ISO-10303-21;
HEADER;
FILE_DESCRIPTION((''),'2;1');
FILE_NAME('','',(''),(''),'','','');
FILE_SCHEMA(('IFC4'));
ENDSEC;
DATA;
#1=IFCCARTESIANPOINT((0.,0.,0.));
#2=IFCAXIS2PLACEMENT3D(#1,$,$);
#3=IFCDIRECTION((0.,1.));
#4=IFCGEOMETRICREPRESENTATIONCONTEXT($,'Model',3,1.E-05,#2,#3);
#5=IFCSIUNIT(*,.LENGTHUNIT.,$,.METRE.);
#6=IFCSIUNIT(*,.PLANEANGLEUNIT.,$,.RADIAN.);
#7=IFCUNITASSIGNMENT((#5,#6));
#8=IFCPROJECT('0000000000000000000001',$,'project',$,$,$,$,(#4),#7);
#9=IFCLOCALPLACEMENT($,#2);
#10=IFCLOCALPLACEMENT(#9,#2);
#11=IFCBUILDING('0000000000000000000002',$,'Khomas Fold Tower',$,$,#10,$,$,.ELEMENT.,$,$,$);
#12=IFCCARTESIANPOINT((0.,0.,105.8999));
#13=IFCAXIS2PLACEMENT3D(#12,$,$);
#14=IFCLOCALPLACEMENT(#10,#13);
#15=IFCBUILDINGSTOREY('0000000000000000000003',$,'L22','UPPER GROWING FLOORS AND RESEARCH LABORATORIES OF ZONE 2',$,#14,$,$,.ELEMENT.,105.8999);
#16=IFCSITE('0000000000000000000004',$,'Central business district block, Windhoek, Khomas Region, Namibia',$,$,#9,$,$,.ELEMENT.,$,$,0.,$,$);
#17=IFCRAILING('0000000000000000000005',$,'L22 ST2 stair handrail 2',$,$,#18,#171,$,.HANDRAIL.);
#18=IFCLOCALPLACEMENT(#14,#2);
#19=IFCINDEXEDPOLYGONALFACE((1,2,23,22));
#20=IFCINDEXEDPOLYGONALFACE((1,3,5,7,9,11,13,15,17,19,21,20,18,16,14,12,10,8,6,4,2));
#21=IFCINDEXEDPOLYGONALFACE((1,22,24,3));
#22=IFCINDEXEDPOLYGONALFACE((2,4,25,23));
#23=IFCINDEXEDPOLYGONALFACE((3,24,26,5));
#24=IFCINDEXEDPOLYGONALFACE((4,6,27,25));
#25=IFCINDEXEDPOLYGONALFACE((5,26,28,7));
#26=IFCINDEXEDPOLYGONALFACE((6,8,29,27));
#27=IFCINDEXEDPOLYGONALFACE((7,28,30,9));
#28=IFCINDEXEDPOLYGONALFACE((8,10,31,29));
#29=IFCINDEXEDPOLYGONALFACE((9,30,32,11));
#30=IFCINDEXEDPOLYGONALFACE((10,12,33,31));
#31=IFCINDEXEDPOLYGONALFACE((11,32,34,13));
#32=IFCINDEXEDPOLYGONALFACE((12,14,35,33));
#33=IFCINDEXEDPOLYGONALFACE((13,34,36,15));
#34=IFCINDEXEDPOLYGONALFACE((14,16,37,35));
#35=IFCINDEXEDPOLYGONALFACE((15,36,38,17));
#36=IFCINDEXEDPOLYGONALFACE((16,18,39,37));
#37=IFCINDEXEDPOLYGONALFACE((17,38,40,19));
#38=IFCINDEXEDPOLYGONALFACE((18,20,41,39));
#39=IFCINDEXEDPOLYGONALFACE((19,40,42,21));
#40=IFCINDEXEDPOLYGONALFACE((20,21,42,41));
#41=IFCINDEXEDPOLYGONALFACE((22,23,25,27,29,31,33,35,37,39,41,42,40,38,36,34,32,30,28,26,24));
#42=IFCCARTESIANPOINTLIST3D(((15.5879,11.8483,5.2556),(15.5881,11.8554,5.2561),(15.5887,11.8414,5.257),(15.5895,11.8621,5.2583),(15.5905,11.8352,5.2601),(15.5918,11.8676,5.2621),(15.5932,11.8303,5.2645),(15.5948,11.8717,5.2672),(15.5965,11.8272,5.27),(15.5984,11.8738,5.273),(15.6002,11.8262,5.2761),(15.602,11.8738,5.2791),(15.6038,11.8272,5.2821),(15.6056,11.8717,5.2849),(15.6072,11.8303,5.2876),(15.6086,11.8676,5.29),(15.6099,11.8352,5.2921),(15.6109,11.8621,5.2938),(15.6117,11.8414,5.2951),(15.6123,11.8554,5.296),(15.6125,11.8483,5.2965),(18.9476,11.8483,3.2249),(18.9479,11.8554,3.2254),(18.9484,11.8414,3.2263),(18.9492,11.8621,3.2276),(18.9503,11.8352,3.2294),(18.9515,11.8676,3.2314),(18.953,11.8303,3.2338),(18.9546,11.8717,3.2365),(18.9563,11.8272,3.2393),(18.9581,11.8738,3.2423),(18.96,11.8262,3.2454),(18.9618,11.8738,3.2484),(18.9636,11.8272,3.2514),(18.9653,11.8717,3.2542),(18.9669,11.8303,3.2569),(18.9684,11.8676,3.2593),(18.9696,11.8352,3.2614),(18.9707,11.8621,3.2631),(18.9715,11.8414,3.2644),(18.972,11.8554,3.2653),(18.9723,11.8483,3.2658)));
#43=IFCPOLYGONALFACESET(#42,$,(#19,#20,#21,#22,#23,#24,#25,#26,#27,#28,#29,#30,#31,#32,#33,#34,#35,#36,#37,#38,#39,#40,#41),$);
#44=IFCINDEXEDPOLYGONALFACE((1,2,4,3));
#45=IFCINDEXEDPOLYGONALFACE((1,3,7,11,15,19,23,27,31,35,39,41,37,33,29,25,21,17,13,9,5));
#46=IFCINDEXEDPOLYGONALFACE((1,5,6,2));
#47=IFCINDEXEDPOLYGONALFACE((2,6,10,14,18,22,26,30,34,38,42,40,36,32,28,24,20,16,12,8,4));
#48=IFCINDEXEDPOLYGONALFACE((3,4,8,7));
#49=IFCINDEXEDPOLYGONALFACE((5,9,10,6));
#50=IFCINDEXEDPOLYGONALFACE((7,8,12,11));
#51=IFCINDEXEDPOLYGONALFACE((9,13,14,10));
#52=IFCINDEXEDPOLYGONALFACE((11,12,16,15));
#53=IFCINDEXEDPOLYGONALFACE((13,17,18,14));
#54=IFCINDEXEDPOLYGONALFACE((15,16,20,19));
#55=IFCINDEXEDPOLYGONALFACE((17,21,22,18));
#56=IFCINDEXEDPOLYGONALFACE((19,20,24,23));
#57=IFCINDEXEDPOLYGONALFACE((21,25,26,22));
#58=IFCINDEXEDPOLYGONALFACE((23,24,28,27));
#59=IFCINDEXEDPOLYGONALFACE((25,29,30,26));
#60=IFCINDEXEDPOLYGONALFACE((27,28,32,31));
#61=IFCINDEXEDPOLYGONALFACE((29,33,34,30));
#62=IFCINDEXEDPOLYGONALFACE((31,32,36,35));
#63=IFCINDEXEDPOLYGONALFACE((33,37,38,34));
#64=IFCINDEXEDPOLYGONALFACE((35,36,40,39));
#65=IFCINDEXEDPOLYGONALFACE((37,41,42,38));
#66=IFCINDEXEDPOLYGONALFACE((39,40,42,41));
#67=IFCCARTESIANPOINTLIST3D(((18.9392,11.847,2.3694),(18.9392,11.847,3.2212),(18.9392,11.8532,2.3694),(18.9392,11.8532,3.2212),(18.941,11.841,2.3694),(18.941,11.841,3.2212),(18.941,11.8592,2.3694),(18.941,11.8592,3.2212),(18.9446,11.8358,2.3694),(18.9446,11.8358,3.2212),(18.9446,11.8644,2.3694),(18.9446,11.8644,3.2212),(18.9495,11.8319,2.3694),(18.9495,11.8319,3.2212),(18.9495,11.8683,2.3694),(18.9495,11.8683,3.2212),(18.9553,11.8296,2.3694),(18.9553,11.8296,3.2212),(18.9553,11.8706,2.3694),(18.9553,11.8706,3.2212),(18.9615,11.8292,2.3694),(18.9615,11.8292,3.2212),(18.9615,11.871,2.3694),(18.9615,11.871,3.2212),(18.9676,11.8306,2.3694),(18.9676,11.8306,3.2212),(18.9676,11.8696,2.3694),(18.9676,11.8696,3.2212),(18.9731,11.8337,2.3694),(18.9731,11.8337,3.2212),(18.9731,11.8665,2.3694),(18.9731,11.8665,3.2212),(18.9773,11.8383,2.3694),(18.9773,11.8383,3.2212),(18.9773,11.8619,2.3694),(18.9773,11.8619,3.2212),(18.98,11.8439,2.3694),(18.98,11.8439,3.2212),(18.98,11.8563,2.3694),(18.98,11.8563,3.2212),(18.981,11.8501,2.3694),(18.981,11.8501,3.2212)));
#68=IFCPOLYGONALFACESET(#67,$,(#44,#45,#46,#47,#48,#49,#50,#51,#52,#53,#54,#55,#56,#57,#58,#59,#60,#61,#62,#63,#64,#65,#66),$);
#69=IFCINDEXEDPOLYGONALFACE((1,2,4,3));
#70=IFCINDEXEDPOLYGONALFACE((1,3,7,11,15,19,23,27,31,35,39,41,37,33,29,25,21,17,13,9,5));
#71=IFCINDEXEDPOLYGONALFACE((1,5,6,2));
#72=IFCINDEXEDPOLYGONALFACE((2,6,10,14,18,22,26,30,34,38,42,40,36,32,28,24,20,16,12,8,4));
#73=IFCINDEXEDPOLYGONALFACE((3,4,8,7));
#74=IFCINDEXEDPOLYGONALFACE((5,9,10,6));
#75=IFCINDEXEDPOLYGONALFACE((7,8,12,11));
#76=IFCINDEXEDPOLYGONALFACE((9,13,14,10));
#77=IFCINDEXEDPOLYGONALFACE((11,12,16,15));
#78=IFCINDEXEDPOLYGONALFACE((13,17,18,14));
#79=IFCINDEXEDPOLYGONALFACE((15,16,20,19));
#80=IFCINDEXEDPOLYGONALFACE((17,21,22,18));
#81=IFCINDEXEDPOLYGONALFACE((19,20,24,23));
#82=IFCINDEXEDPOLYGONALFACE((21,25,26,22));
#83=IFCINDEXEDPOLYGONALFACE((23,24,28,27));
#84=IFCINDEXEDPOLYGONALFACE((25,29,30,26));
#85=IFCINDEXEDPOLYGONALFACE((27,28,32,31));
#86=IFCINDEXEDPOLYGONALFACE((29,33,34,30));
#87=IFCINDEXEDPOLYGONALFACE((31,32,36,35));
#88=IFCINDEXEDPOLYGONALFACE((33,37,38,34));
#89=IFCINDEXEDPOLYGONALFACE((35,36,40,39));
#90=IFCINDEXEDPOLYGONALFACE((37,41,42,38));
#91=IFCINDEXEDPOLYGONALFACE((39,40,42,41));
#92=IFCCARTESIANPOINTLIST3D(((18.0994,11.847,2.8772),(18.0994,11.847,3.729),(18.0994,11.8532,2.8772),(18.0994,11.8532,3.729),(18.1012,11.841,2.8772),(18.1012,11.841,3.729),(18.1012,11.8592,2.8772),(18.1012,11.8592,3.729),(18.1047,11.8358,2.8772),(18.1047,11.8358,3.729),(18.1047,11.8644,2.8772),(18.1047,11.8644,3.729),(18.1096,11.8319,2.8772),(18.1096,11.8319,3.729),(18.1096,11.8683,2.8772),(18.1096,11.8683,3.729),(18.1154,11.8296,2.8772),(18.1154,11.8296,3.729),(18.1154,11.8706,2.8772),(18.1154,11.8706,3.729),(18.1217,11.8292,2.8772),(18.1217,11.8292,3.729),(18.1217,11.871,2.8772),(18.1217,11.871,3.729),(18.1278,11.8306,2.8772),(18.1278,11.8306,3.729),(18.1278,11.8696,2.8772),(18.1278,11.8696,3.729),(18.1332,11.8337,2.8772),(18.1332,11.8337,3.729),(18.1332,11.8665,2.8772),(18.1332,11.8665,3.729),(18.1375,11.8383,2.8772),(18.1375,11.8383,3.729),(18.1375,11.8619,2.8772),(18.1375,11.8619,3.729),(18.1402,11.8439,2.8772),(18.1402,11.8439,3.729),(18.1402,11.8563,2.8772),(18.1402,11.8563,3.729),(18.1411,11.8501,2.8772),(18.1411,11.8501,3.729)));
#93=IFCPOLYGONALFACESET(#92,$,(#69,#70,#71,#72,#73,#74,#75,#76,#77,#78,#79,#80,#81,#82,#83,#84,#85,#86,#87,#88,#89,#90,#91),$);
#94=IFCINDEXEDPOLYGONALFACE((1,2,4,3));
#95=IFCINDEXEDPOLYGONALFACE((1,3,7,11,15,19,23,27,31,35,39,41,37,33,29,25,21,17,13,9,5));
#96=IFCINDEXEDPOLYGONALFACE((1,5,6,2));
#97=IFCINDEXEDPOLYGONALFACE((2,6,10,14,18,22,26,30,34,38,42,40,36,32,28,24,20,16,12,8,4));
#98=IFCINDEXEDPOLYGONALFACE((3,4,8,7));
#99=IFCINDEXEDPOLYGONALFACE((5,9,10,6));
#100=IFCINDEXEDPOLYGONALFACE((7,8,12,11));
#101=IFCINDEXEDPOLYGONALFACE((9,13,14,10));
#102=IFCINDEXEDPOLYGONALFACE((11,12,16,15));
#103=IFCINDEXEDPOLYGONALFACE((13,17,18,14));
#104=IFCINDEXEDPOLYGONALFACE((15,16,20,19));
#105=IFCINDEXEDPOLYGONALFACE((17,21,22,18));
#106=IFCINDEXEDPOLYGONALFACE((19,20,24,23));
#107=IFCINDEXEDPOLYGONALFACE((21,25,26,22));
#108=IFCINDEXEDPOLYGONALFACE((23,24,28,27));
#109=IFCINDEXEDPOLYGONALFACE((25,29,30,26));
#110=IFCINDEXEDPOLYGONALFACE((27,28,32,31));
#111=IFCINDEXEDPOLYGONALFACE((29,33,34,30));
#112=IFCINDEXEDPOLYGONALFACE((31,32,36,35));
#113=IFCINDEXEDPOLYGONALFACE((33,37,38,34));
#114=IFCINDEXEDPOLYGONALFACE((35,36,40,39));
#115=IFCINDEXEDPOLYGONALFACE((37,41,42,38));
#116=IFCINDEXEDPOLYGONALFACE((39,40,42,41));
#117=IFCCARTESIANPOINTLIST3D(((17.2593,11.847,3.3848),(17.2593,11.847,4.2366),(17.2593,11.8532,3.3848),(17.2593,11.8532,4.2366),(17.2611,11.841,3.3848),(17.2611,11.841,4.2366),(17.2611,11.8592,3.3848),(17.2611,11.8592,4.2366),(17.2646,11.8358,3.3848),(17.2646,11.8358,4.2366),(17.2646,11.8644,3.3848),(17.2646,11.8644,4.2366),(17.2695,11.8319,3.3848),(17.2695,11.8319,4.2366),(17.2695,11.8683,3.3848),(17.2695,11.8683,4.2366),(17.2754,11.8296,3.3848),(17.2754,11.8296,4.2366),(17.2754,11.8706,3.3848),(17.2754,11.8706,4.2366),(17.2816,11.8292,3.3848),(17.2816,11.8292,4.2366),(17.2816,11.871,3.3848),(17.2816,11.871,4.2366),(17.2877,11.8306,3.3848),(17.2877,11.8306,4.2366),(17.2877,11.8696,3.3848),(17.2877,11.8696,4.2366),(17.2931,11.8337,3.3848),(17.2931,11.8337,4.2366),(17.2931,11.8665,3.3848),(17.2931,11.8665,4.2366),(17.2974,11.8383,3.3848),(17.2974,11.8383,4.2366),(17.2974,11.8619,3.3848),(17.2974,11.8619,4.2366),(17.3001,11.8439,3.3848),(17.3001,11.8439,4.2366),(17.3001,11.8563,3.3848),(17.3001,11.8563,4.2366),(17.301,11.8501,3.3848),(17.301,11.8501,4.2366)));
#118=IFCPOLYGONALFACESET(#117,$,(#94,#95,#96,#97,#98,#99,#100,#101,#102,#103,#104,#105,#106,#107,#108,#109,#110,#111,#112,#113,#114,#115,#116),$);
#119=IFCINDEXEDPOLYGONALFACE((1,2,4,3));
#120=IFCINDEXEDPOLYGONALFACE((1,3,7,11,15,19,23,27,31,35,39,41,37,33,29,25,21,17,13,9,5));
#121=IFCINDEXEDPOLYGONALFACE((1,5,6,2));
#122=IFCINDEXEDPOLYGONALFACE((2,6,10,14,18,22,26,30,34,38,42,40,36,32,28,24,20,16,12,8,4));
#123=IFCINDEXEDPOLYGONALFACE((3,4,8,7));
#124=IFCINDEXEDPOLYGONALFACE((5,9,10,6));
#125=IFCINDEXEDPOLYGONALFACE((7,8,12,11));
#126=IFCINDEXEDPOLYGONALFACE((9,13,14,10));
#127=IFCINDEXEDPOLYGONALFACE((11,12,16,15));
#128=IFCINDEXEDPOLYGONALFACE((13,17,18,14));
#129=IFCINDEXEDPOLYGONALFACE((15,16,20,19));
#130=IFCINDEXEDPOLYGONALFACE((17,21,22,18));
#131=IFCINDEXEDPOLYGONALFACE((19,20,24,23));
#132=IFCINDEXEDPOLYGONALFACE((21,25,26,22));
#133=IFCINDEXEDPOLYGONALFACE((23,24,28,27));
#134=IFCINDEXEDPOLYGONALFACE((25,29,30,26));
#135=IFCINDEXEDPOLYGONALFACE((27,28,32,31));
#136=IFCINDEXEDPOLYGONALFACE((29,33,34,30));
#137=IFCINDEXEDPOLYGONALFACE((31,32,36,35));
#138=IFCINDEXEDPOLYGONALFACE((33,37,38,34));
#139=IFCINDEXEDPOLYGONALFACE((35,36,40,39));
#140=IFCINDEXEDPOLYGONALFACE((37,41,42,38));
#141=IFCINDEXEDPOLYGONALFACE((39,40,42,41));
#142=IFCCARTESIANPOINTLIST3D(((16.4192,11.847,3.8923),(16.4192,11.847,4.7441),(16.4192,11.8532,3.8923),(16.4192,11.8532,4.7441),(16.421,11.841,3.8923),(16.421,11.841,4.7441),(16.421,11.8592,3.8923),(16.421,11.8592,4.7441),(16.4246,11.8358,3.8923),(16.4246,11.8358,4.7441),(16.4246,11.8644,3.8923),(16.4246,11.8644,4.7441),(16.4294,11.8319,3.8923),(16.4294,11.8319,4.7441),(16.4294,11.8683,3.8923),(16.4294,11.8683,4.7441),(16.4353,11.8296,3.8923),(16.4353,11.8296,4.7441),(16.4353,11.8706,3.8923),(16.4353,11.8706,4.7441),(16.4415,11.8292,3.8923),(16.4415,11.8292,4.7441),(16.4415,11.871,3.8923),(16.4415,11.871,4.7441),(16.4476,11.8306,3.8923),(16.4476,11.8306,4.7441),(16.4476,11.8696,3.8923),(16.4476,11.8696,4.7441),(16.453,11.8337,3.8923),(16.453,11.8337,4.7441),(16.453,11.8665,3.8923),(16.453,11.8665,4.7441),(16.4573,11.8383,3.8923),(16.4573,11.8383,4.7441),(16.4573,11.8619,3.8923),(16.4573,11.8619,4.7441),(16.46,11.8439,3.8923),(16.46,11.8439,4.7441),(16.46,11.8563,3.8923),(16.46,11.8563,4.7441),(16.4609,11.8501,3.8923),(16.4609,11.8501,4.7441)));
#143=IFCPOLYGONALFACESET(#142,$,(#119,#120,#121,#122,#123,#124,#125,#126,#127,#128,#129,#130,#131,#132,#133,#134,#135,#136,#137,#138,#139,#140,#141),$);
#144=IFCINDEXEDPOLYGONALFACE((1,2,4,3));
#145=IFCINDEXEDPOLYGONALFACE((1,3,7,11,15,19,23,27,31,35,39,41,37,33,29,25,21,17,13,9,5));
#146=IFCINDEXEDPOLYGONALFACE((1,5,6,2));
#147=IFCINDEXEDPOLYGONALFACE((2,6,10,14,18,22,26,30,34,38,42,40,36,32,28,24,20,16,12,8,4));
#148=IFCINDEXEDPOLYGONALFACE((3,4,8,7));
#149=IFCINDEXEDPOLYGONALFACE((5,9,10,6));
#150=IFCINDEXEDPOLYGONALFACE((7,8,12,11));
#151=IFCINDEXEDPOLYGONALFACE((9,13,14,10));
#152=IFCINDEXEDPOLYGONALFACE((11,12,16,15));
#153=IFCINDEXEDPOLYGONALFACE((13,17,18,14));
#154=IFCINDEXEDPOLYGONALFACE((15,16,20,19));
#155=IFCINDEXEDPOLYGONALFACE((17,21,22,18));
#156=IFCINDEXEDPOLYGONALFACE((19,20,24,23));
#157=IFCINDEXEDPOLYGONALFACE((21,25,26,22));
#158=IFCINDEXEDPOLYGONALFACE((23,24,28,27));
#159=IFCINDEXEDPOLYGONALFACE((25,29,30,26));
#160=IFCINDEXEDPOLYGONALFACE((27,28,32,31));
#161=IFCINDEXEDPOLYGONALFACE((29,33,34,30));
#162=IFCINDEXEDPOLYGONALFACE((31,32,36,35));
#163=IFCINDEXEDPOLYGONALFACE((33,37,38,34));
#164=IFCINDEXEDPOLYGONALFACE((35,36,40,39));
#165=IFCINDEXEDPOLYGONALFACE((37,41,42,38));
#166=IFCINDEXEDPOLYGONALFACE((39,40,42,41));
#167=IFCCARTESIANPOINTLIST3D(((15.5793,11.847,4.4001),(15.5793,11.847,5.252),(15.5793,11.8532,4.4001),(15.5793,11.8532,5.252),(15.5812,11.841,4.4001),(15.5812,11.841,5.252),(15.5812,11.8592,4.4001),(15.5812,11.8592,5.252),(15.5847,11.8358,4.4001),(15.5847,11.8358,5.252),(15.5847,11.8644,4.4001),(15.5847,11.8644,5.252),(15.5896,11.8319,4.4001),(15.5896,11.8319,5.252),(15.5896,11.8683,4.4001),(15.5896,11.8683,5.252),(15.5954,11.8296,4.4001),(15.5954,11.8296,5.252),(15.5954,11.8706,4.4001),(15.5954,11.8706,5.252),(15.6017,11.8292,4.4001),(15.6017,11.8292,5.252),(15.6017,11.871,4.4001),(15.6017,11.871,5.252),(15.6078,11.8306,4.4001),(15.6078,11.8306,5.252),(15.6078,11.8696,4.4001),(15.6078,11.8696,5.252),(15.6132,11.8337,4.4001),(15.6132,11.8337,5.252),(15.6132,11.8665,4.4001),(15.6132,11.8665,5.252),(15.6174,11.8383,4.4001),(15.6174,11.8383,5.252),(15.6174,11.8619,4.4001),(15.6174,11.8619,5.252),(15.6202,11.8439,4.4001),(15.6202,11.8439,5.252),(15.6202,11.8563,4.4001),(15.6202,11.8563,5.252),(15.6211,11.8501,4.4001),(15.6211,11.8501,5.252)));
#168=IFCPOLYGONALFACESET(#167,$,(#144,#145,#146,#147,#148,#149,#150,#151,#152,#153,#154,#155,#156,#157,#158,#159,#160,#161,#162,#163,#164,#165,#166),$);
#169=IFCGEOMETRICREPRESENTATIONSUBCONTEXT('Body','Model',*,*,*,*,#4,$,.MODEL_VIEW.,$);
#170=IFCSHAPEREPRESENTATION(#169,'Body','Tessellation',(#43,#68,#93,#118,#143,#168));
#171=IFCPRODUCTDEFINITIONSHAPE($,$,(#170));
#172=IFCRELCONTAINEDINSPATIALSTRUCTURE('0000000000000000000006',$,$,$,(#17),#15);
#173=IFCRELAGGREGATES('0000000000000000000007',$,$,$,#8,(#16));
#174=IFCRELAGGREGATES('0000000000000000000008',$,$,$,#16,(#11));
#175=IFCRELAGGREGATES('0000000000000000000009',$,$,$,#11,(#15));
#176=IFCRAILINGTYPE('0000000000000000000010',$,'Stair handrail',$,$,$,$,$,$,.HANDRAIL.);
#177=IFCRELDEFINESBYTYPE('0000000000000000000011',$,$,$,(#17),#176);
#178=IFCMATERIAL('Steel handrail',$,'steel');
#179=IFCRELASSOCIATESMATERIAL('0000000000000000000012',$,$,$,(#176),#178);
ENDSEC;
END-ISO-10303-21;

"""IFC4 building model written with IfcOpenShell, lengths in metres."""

from ifc_helpers import new_model, si_unit, direction, frame, origin, origin_2d, place, context, subcontext, project, spatial, circle, extrude, source, transform, mapped, material, type_object, element, save


model = new_model("IFC4")

# Units and contexts
model_context = context("Model", 3, precision=1e-05, world=origin(), true_north=direction((0.0, 1.0)))
body_context = subcontext(model_context, "Body", "Model", "MODEL_VIEW")
ifc_project = project(units=[si_unit("LENGTHUNIT", "METRE"), si_unit("PLANEANGLEUNIT", "RADIAN")], contexts=[model_context])

# Site, building, storey
site_placement = place(None, origin())
site = spatial("IfcSite", under=ifc_project, at=site_placement, Name="Central business district block, Windhoek, Khomas Region, Namibia", CompositionType="ELEMENT", RefElevation=0.0)
building_placement = place(site_placement, origin())
building = spatial("IfcBuilding", under=site, at=building_placement, Name="Khomas Fold Tower", CompositionType="ELEMENT")
storey_placement = place(building_placement, frame((0.0, 0.0, 105.8999)))
storey = spatial("IfcBuildingStorey", under=building, at=storey_placement, Name="L22", Description="UPPER GROWING FLOORS AND RESEARCH LABORATORIES OF ZONE 2", CompositionType="ELEMENT", Elevation=105.8999)

# Railing
ifc_material_1 = material(Name="Steel handrail", Category="steel")
railing_type_1 = type_object("IfcRailingType", Name="Stair handrail", PredefinedType="HANDRAIL", material=ifc_material_1)
shared_shape_1 = source(origin(), body_context, "Body", "SweptSolid", [
    extrude(circle(Radius=0.0239, at=origin_2d()), frame((0.0, 0.0, 0.876), z_axis=(-0.85582, 0.0, 0.517273), x_axis=(0.0, -1.0, 0.0)), (0.0, 0.0, 1.0), 3.9258),
    extrude(circle(Radius=0.021, at=origin_2d()), origin(), (0.0, 0.0, 1.0), 0.8518),
    extrude(circle(Radius=0.021, at=origin_2d()), frame((-0.8398, 0.0, 0.5078)), (0.0, 0.0, 1.0), 0.8518),
    extrude(circle(Radius=0.021, at=origin_2d()), frame((-1.6799, 0.0, 1.0154)), (0.0, 0.0, 1.0), 0.8518),
    extrude(circle(Radius=0.021, at=origin_2d()), frame((-2.52, 0.0, 1.5229)), (0.0, 0.0, 1.0), 0.8518),
    extrude(circle(Radius=0.021, at=origin_2d()), frame((-3.3599, 0.0, 2.0308)), (0.0, 0.0, 1.0), 0.8518),
])
railing_1_placement = place(storey_placement, frame((18.96, 11.8501, 2.3694)))
element("IfcRailing", 1, at=railing_1_placement, inside=storey, type_object=railing_type_1, Name="L22 ST2 stair handrail 2", PredefinedType="HANDRAIL", context=body_context, shape_type="MappedRepresentation", body=[
    mapped(shared_shape_1, transform((0.0, 0.0, 0.0))),
])

save(model, "model.ifc")
